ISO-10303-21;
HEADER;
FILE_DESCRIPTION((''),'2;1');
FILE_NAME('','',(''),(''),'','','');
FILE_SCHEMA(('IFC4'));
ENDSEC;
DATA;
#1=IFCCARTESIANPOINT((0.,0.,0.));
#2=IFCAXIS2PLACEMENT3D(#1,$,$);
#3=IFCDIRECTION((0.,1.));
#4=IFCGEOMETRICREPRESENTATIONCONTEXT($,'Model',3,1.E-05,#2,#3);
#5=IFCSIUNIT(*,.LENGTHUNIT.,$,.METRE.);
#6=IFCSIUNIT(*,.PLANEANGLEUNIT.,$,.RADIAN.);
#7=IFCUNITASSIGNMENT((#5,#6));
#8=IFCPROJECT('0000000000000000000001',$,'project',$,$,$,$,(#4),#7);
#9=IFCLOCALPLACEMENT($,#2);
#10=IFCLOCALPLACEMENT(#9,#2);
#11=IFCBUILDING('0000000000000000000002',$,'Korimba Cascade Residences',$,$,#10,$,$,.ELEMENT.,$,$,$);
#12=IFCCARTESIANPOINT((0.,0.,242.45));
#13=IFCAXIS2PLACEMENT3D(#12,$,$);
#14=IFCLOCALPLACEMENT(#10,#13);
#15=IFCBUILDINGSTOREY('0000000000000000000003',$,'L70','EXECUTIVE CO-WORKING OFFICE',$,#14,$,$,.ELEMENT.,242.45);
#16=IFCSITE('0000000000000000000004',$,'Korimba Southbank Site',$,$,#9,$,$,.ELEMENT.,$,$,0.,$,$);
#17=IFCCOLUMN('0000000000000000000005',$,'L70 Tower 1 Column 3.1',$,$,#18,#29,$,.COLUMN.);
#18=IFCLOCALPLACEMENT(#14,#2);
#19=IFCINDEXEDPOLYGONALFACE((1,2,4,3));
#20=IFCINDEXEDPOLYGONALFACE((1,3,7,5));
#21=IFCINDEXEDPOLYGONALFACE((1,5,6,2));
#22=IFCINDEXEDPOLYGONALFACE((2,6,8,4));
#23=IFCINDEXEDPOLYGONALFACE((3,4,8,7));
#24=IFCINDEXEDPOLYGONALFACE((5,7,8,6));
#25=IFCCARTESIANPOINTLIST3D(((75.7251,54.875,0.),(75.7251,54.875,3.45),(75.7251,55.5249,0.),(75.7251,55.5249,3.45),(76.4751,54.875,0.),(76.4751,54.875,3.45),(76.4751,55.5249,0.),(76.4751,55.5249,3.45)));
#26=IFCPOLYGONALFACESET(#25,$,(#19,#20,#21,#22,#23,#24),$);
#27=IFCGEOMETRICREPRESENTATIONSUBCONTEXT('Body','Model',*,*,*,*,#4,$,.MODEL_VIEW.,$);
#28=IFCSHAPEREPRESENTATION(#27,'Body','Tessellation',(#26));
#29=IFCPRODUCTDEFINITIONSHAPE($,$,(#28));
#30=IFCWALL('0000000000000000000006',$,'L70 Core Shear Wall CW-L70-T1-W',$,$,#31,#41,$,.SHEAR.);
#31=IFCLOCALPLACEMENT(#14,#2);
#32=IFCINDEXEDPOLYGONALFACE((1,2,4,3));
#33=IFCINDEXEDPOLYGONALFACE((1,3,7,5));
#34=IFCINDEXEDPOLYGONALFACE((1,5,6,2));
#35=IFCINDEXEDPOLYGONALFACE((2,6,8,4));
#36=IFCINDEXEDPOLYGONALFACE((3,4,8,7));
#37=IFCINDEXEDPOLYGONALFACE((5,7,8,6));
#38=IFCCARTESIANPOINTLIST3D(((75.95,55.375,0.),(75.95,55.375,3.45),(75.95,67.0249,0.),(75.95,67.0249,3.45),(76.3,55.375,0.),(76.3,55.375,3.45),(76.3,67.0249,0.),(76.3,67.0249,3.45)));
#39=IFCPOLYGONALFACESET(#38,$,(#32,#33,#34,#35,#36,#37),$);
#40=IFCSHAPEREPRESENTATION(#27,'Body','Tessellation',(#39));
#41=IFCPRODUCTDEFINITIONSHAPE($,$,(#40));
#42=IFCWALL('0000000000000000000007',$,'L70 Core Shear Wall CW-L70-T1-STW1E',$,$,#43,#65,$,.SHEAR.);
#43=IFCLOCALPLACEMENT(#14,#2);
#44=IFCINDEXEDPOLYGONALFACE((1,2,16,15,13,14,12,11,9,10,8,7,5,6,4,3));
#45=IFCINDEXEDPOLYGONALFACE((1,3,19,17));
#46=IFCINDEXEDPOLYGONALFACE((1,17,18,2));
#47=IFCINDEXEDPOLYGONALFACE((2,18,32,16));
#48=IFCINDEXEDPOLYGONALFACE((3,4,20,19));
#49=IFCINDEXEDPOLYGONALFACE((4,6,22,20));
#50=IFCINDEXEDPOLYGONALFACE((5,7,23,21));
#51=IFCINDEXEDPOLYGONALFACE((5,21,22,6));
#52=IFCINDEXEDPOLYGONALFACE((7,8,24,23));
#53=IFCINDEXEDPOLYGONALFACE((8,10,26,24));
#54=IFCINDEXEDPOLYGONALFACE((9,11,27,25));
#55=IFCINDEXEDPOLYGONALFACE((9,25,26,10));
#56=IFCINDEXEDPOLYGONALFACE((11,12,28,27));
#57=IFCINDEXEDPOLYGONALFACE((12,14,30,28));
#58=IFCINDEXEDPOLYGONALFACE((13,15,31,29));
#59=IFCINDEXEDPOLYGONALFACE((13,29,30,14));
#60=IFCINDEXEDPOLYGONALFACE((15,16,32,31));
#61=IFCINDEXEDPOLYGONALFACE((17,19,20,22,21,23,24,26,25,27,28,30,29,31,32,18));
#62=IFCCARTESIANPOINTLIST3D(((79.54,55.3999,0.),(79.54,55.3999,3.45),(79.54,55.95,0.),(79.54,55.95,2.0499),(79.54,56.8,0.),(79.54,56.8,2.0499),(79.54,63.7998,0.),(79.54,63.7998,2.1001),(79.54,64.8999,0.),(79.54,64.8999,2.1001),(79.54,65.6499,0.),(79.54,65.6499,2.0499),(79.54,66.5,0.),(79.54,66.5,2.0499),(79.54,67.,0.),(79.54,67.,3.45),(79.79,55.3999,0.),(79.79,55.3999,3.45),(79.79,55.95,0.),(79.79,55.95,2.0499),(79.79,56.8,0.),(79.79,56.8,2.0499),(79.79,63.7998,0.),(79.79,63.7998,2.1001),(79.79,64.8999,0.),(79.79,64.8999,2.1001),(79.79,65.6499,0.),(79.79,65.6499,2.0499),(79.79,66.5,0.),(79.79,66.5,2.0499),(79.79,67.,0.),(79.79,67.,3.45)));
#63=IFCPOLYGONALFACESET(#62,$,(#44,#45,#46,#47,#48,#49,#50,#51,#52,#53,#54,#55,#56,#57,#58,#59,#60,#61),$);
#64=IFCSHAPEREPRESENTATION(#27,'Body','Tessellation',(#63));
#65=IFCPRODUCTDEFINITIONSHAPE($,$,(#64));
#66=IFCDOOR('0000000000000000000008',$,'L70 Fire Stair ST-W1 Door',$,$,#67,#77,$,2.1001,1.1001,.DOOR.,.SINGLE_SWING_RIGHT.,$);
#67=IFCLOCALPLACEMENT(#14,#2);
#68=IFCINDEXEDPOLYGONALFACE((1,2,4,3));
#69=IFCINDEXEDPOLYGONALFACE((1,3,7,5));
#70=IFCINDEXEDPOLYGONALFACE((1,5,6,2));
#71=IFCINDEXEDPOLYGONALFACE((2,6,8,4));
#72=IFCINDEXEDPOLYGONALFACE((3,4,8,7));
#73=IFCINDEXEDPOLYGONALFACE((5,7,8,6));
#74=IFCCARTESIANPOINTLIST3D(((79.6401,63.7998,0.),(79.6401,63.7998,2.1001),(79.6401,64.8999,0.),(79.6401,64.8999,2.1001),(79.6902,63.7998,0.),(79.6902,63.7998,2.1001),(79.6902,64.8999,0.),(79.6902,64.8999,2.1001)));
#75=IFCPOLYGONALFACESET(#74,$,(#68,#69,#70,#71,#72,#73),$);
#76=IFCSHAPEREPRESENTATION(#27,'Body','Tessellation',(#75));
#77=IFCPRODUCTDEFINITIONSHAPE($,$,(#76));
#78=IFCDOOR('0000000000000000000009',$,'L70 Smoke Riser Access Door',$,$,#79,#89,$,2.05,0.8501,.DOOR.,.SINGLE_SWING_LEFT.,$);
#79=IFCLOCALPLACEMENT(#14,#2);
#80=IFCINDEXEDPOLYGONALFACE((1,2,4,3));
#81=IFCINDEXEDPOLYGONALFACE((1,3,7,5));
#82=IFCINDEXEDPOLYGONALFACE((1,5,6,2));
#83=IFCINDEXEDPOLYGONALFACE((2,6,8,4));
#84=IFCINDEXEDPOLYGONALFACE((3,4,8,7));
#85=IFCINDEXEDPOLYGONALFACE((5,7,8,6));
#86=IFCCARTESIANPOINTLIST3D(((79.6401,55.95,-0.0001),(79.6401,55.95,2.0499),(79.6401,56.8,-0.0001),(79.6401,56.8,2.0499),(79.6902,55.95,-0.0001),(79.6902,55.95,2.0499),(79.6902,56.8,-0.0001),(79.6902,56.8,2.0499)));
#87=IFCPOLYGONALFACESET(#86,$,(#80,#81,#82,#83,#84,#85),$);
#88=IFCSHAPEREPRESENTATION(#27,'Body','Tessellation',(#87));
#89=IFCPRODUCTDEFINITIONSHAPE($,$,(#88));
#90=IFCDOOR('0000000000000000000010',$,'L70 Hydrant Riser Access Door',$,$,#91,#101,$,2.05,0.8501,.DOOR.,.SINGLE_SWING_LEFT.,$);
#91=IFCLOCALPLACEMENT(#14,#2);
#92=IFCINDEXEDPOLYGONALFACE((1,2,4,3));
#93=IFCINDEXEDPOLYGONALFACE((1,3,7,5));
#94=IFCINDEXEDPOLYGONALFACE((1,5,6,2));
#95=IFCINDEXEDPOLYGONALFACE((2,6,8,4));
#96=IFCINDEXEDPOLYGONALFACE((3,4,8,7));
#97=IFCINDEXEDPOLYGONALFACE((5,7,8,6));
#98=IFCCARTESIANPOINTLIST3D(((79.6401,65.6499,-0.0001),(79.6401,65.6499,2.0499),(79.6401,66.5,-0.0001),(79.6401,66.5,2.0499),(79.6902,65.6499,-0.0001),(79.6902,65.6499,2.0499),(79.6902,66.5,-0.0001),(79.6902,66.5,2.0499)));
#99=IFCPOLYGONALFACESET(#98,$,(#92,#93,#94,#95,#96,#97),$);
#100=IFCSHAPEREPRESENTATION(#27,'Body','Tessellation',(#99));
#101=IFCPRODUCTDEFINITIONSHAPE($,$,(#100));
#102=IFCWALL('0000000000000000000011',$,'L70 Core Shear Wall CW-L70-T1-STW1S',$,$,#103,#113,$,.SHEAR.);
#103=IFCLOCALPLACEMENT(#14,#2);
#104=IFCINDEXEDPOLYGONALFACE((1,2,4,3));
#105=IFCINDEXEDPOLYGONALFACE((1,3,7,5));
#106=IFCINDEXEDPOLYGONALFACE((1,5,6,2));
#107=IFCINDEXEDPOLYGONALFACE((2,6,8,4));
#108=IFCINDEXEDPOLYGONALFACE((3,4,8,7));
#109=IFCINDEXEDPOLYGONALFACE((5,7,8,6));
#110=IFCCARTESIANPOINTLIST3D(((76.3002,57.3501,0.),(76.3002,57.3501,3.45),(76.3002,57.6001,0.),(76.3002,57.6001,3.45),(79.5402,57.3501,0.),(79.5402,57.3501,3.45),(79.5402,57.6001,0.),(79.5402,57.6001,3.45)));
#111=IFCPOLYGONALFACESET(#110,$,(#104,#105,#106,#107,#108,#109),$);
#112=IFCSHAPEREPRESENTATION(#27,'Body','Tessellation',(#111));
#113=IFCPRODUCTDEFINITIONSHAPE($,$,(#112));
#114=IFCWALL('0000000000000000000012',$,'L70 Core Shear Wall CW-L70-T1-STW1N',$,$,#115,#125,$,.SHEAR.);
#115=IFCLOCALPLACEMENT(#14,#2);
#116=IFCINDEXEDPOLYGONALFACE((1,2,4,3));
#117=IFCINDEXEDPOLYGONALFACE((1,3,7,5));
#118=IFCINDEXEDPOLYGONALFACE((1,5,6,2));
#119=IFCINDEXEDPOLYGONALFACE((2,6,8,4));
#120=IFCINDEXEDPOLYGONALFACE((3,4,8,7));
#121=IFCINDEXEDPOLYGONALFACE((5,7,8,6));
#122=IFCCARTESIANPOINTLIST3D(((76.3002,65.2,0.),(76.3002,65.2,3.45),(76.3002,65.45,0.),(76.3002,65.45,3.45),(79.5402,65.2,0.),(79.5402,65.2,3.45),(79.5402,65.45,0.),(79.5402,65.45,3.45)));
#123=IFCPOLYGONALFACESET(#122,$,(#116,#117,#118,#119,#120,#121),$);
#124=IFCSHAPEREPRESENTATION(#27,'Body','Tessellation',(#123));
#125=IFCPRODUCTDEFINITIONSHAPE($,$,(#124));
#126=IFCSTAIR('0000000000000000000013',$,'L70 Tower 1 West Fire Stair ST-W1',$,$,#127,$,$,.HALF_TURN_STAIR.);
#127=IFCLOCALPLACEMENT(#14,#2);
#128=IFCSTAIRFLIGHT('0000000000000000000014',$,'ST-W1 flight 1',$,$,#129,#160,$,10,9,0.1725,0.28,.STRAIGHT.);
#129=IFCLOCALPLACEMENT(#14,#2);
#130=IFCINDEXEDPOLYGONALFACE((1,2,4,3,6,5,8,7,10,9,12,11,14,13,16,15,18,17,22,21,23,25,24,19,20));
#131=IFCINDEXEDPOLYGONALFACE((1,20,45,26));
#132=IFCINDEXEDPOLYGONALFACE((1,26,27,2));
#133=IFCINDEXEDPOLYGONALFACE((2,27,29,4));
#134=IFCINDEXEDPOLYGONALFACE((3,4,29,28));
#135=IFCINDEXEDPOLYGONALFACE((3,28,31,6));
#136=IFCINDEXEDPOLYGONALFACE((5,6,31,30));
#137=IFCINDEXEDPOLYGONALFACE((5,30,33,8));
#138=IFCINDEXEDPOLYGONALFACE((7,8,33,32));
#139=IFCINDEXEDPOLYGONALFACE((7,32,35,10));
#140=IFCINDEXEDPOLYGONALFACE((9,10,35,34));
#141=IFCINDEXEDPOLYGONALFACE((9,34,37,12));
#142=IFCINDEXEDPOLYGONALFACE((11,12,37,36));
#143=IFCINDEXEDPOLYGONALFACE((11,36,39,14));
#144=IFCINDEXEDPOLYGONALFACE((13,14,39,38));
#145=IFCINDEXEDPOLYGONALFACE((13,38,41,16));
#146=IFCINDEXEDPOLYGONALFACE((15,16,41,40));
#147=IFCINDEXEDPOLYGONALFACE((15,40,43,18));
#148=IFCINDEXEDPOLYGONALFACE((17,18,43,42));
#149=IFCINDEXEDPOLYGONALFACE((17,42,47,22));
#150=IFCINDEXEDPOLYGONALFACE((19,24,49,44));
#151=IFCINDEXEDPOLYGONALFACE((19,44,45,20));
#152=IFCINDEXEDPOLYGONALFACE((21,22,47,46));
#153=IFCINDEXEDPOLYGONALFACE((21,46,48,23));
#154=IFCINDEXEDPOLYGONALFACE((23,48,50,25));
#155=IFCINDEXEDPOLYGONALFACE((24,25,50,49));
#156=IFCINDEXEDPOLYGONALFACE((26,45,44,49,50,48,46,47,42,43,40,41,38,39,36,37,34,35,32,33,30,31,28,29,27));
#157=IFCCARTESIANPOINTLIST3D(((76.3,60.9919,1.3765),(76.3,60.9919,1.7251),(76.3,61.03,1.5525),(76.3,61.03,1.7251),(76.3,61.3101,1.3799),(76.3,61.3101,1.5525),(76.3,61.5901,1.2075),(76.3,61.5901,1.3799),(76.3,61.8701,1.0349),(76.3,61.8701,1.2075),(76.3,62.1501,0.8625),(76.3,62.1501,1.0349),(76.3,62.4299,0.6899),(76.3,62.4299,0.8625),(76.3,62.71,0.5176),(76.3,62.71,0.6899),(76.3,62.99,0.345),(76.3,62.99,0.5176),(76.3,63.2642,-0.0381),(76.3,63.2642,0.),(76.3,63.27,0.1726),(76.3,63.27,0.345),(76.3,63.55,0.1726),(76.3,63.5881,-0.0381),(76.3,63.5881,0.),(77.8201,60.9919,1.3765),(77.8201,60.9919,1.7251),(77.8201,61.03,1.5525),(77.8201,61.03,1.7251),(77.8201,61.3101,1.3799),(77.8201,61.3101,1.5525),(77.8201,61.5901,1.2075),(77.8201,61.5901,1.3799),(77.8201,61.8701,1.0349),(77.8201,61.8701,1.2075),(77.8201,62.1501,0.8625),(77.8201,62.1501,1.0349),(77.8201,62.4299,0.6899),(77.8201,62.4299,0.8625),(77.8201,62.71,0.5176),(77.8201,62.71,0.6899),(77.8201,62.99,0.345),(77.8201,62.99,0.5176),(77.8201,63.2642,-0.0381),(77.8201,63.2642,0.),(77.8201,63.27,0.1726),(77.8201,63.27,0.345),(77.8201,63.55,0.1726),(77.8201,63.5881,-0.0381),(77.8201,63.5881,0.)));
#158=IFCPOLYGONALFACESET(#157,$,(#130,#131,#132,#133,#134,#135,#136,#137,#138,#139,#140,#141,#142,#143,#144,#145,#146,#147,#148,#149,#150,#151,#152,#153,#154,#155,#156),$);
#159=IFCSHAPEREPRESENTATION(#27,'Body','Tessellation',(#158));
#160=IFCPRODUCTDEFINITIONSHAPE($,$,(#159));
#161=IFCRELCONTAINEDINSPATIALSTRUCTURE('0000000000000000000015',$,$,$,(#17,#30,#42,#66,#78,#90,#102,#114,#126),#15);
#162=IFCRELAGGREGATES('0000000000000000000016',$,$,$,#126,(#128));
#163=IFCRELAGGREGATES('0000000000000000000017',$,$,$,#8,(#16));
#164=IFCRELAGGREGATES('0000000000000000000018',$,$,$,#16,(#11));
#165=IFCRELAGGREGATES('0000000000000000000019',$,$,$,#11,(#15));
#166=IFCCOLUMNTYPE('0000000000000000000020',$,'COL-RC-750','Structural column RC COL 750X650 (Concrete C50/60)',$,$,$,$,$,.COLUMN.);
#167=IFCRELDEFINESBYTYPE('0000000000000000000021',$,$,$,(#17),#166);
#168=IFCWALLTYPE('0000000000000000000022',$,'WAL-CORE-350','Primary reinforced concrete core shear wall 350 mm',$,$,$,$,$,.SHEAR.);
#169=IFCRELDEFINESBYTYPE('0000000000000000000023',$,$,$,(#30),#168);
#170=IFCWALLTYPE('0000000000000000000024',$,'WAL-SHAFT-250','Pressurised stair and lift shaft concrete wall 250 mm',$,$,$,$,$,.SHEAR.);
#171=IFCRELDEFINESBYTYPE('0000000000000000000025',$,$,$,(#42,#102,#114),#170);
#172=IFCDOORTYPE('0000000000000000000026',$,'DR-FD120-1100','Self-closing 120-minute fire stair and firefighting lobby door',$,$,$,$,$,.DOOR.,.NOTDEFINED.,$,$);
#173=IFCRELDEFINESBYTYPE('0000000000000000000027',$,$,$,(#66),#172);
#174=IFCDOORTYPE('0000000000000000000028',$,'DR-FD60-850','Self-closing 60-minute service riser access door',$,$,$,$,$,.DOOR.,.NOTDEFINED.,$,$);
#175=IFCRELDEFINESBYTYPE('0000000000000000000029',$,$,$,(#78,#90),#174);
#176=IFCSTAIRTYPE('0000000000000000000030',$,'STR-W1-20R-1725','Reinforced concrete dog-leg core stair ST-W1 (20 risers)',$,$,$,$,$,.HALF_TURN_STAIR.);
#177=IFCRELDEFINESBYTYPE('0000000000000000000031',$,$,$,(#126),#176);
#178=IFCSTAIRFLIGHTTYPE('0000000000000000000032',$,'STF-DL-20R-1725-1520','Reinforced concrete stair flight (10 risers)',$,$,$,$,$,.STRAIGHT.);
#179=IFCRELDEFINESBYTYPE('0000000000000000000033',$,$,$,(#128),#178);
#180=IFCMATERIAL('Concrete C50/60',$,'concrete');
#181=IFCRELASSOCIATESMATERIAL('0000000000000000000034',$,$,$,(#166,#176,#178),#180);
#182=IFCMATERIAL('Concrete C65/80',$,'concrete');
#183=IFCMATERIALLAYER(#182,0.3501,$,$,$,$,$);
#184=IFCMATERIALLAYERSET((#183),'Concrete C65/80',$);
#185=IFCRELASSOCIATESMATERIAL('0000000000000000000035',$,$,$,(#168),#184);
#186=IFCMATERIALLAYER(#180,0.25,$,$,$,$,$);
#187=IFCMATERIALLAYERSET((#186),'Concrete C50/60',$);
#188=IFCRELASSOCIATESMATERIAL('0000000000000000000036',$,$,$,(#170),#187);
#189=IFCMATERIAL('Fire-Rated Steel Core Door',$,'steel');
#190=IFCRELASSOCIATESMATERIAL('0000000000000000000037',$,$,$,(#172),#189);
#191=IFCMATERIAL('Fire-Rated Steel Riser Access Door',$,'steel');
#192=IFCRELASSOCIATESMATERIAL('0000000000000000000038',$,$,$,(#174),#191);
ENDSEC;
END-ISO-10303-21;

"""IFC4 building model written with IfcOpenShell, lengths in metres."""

from ifc_helpers import new_model, si_unit, direction, frame, frame_2d, origin, origin_2d, place, context, subcontext, project, spatial, polyline, rectangle, outline, extrude, material, layer, layer_set, material_profile, profile_set, type_object, element, fill, aggregate, save


model = new_model("IFC4")

# Units and contexts
model_context = context("Model", 3, precision=1e-05, world=origin(), true_north=direction((0.0, 1.0)))
body_context = subcontext(model_context, "Body", "Model", "MODEL_VIEW")
ifc_project = project(units=[si_unit("LENGTHUNIT", "METRE"), si_unit("PLANEANGLEUNIT", "RADIAN")], contexts=[model_context])

# Site, building, storey
site_placement = place(None, origin())
site = spatial("IfcSite", under=ifc_project, at=site_placement, Name="Korimba Southbank Site", CompositionType="ELEMENT", RefElevation=0.0)
building_placement = place(site_placement, origin())
building = spatial("IfcBuilding", under=site, at=building_placement, Name="Korimba Cascade Residences", CompositionType="ELEMENT")
storey_placement = place(building_placement, frame((0.0, 0.0, 242.45)))
storey = spatial("IfcBuildingStorey", under=building, at=storey_placement, Name="L70", Description="EXECUTIVE CO-WORKING OFFICE", CompositionType="ELEMENT", Elevation=242.45)

# Column
ifc_material_1 = material(Name="Concrete C50/60", Category="concrete")
ifc_material_profile = material_profile(ifc_material_1, rectangle(XDim=0.75, YDim=0.6499, at=origin_2d()), Name="Concrete C50/60")
ifc_profile_set = profile_set([ifc_material_profile], Name="Concrete C50/60")
column_type = type_object("IfcColumnType", Name="COL-RC-750", Description="Structural column RC COL 750X650 (Concrete C50/60)", PredefinedType="COLUMN", material=ifc_profile_set)
column_placement = place(storey_placement, frame((76.1001, 55.2, 0.0), z_axis=(0.0, 0.0, 1.0), x_axis=(1.0, 0.0, 0.0)))
element("IfcColumn", 1, at=column_placement, inside=storey, type_object=column_type, Name="L70 Tower 1 Column 3.1", PredefinedType="COLUMN", context=body_context, shape_type="SweptSolid", body=[
    extrude(rectangle(XDim=0.75, YDim=0.6499, at=origin_2d()), origin(), (0.0, 0.0, 1.0), 3.45),
])

# Wall
ifc_material_2 = material(Name="Concrete C65/80", Category="concrete")
ifc_layer_1 = layer(ifc_material_2, 0.3501)
ifc_layer_set_1 = layer_set([ifc_layer_1], Name="Concrete C65/80")
wall_type_1 = type_object("IfcWallType", Name="WAL-CORE-350", Description="Primary reinforced concrete core shear wall 350 mm", PredefinedType="SHEAR", material=ifc_layer_set_1)
wall_1_placement = place(storey_placement, frame((76.125, 55.375, 0.0), z_axis=(0.0, 0.0, 1.0), x_axis=(0.0, 1.0, 0.0)))
element("IfcWall", 2, at=wall_1_placement, inside=storey, type_object=wall_type_1, Name="L70 Core Shear Wall CW-L70-T1-W", PredefinedType="SHEAR", context=body_context, shape_type="SweptSolid", body=[
    extrude(rectangle(XDim=11.6499, YDim=0.3501, at=frame_2d((5.825, 0.0))), origin(), (0.0, 0.0, 1.0), 3.45),
])

# Wall, openings, doors
ifc_layer_2 = layer(ifc_material_1, 0.25)
ifc_layer_set_2 = layer_set([ifc_layer_2], Name="Concrete C50/60")
wall_type_2 = type_object("IfcWallType", Name="WAL-SHAFT-250", Description="Pressurised stair and lift shaft concrete wall 250 mm", PredefinedType="SHEAR", material=ifc_layer_set_2)
wall_2_placement = place(storey_placement, frame((79.665, 55.3999, 0.0), z_axis=(0.0, 0.0, 1.0), x_axis=(0.0, 1.0, 0.0)))
wall_2 = element("IfcWall", 3, at=wall_2_placement, inside=storey, type_object=wall_type_2, Name="L70 Core Shear Wall CW-L70-T1-STW1E", PredefinedType="SHEAR", context=body_context, shape_type="SweptSolid", body=[
    extrude(rectangle(XDim=11.6001, YDim=0.25, at=frame_2d((5.8, 0.0))), origin(), (0.0, 0.0, 1.0), 3.45),
])
opening_1_placement = place(wall_2_placement, frame((0.55, 0.0, 0.0)))
opening_1 = element("IfcOpeningElement", 4, at=opening_1_placement, cuts=wall_2, PredefinedType="OPENING", context=body_context, shape_type="SweptSolid", body=[
    extrude(rectangle(XDim=0.8501, YDim=2.05, at=frame_2d((0.425, 1.0249))), frame((0.0, 0.135, 0.0), z_axis=(0.0, -1.0, 0.0), x_axis=(1.0, 0.0, 0.0)), (0.0, 0.0, 1.0), 0.27),
])
opening_2_placement = place(wall_2_placement, frame((8.3999, 0.0, 0.0)))
opening_2 = element("IfcOpeningElement", 5, at=opening_2_placement, cuts=wall_2, PredefinedType="OPENING", context=body_context, shape_type="SweptSolid", body=[
    extrude(rectangle(XDim=1.1001, YDim=2.1001, at=frame_2d((0.55, 1.05))), frame((0.0, 0.135, 0.0), z_axis=(0.0, -1.0, 0.0), x_axis=(1.0, 0.0, 0.0)), (0.0, 0.0, 1.0), 0.27),
])
opening_3_placement = place(wall_2_placement, frame((10.25, 0.0, 0.0)))
opening_3 = element("IfcOpeningElement", 6, at=opening_3_placement, cuts=wall_2, PredefinedType="OPENING", context=body_context, shape_type="SweptSolid", body=[
    extrude(rectangle(XDim=0.8501, YDim=2.05, at=frame_2d((0.425, 1.0249))), frame((0.0, 0.135, 0.0), z_axis=(0.0, -1.0, 0.0), x_axis=(1.0, 0.0, 0.0)), (0.0, 0.0, 1.0), 0.27),
])
ifc_material_3 = material(Name="Fire-Rated Steel Core Door", Category="steel")
door_type_1 = type_object("IfcDoorType", Name="DR-FD120-1100", Description="Self-closing 120-minute fire stair and firefighting lobby door", OperationType="NOTDEFINED", PredefinedType="DOOR", material=ifc_material_3)
door_1_placement = place(opening_2_placement, origin())
door_1 = element("IfcDoor", 7, at=door_1_placement, inside=storey, type_object=door_type_1, Name="L70 Fire Stair ST-W1 Door", OperationType="SINGLE_SWING_RIGHT", OverallHeight=2.1001, OverallWidth=1.1001, PredefinedType="DOOR", context=body_context, shape_type="SweptSolid", body=[
    extrude(rectangle(XDim=1.1001, YDim=2.1001, at=frame_2d((0.55, 1.05))), frame((0.0, 0.0249, 0.0), z_axis=(0.0, -1.0, 0.0), x_axis=(1.0, 0.0, 0.0)), (0.0, 0.0, 1.0), 0.05),
])
fill(opening_2, door_1)
ifc_material_4 = material(Name="Fire-Rated Steel Riser Access Door", Category="steel")
door_type_2 = type_object("IfcDoorType", Name="DR-FD60-850", Description="Self-closing 60-minute service riser access door", OperationType="NOTDEFINED", PredefinedType="DOOR", material=ifc_material_4)
door_2_placement = place(opening_1_placement, origin())
door_2 = element("IfcDoor", 8, at=door_2_placement, inside=storey, type_object=door_type_2, Name="L70 Smoke Riser Access Door", OperationType="SINGLE_SWING_LEFT", OverallHeight=2.05, OverallWidth=0.8501, PredefinedType="DOOR", context=body_context, shape_type="SweptSolid", body=[
    extrude(rectangle(XDim=0.8501, YDim=2.05, at=frame_2d((0.425, 1.0249))), frame((0.0, 0.0249, 0.0), z_axis=(0.0, -1.0, 0.0), x_axis=(1.0, 0.0, 0.0)), (0.0, 0.0, 1.0), 0.05),
])
fill(opening_1, door_2)
door_3_placement = place(opening_3_placement, origin())
door_3 = element("IfcDoor", 9, at=door_3_placement, inside=storey, type_object=door_type_2, Name="L70 Hydrant Riser Access Door", OperationType="SINGLE_SWING_LEFT", OverallHeight=2.05, OverallWidth=0.8501, PredefinedType="DOOR", context=body_context, shape_type="SweptSolid", body=[
    extrude(rectangle(XDim=0.8501, YDim=2.05, at=frame_2d((0.425, 1.0249))), frame((0.0, 0.0249, 0.0), z_axis=(0.0, -1.0, 0.0), x_axis=(1.0, 0.0, 0.0)), (0.0, 0.0, 1.0), 0.05),
])
fill(opening_3, door_3)

# Walls
for number, where, z_axis, x_axis, name in (
    (10, (76.3, 57.4751, 0.0), (0.0, 0.0, 1.0), (1.0, 0.0, 0.0), "L70 Core Shear Wall CW-L70-T1-STW1S"),
    (11, (76.3, 65.325, 0.0), (0.0, 0.0, 1.0), (1.0, 0.0, 0.0), "L70 Core Shear Wall CW-L70-T1-STW1N"),
):
    element("IfcWall", number, at=place(storey_placement, frame(where, z_axis=z_axis, x_axis=x_axis)), inside=storey, type_object=wall_type_2, Name=name, PredefinedType="SHEAR", context=body_context, shape_type="SweptSolid", body=[
        extrude(rectangle(XDim=3.24, YDim=0.25, at=frame_2d((1.6201, 0.0))), origin(), (0.0, 0.0, 1.0), 3.45),
    ])

# Stair, stair flight
stair_type = type_object("IfcStairType", Name="STR-W1-20R-1725", Description="Reinforced concrete dog-leg core stair ST-W1 (20 risers)", PredefinedType="HALF_TURN_STAIR", material=ifc_material_1)
stair_placement = place(storey_placement, origin())
stair = element("IfcStair", 12, at=stair_placement, inside=storey, type_object=stair_type, Name="L70 Tower 1 West Fire Stair ST-W1", PredefinedType="HALF_TURN_STAIR")
stair_flight_type = type_object("IfcStairFlightType", Name="STF-DL-20R-1725-1520", Description="Reinforced concrete stair flight (10 risers)", PredefinedType="STRAIGHT", material=ifc_material_1)
stair_flight_1_placement = place(storey_placement, frame((77.0601, 63.55, 0.0), z_axis=(0.0, 0.0, 1.0), x_axis=(0.0, -1.0, 0.0)))
stair_flight_1 = element("IfcStairFlight", 13, at=stair_flight_1_placement, type_object=stair_flight_type, Name="ST-W1 flight 1", NumberOfRisers=10, NumberOfTreads=9, PredefinedType="STRAIGHT", RiserHeight=0.1725, TreadLength=0.28, context=body_context, shape_type="SweptSolid", body=[
    extrude(outline(polyline([(-0.0381, 0.0), (0.0, 0.1726), (0.28, 0.1726), (0.28, 0.345), (0.5601, 0.345), (0.5601, 0.5176), (0.8401, 0.5176), (0.8401, 0.6899), (1.1201, 0.6899), (1.1201, 0.8625), (1.3999, 0.8625), (1.3999, 1.0349), (1.6799, 1.0349), (1.6799, 1.2075), (1.96, 1.2075), (1.96, 1.3799), (2.24, 1.3799), (2.24, 1.5525), (2.52, 1.5525), (2.52, 1.7251), (2.5581, 1.7251), (2.5581, 1.3765), (0.2859, 0.0), (0.2859, -0.0381), (-0.0381, -0.0381), (-0.0381, 0.0)])), frame((0.0, 0.76, 0.0), z_axis=(0.0, -1.0, 0.0), x_axis=(1.0, 0.0, 0.0)), (0.0, 0.0, 1.0), 1.52),
])
aggregate(stair, [stair_flight_1])

save(model, "model.ifc")
